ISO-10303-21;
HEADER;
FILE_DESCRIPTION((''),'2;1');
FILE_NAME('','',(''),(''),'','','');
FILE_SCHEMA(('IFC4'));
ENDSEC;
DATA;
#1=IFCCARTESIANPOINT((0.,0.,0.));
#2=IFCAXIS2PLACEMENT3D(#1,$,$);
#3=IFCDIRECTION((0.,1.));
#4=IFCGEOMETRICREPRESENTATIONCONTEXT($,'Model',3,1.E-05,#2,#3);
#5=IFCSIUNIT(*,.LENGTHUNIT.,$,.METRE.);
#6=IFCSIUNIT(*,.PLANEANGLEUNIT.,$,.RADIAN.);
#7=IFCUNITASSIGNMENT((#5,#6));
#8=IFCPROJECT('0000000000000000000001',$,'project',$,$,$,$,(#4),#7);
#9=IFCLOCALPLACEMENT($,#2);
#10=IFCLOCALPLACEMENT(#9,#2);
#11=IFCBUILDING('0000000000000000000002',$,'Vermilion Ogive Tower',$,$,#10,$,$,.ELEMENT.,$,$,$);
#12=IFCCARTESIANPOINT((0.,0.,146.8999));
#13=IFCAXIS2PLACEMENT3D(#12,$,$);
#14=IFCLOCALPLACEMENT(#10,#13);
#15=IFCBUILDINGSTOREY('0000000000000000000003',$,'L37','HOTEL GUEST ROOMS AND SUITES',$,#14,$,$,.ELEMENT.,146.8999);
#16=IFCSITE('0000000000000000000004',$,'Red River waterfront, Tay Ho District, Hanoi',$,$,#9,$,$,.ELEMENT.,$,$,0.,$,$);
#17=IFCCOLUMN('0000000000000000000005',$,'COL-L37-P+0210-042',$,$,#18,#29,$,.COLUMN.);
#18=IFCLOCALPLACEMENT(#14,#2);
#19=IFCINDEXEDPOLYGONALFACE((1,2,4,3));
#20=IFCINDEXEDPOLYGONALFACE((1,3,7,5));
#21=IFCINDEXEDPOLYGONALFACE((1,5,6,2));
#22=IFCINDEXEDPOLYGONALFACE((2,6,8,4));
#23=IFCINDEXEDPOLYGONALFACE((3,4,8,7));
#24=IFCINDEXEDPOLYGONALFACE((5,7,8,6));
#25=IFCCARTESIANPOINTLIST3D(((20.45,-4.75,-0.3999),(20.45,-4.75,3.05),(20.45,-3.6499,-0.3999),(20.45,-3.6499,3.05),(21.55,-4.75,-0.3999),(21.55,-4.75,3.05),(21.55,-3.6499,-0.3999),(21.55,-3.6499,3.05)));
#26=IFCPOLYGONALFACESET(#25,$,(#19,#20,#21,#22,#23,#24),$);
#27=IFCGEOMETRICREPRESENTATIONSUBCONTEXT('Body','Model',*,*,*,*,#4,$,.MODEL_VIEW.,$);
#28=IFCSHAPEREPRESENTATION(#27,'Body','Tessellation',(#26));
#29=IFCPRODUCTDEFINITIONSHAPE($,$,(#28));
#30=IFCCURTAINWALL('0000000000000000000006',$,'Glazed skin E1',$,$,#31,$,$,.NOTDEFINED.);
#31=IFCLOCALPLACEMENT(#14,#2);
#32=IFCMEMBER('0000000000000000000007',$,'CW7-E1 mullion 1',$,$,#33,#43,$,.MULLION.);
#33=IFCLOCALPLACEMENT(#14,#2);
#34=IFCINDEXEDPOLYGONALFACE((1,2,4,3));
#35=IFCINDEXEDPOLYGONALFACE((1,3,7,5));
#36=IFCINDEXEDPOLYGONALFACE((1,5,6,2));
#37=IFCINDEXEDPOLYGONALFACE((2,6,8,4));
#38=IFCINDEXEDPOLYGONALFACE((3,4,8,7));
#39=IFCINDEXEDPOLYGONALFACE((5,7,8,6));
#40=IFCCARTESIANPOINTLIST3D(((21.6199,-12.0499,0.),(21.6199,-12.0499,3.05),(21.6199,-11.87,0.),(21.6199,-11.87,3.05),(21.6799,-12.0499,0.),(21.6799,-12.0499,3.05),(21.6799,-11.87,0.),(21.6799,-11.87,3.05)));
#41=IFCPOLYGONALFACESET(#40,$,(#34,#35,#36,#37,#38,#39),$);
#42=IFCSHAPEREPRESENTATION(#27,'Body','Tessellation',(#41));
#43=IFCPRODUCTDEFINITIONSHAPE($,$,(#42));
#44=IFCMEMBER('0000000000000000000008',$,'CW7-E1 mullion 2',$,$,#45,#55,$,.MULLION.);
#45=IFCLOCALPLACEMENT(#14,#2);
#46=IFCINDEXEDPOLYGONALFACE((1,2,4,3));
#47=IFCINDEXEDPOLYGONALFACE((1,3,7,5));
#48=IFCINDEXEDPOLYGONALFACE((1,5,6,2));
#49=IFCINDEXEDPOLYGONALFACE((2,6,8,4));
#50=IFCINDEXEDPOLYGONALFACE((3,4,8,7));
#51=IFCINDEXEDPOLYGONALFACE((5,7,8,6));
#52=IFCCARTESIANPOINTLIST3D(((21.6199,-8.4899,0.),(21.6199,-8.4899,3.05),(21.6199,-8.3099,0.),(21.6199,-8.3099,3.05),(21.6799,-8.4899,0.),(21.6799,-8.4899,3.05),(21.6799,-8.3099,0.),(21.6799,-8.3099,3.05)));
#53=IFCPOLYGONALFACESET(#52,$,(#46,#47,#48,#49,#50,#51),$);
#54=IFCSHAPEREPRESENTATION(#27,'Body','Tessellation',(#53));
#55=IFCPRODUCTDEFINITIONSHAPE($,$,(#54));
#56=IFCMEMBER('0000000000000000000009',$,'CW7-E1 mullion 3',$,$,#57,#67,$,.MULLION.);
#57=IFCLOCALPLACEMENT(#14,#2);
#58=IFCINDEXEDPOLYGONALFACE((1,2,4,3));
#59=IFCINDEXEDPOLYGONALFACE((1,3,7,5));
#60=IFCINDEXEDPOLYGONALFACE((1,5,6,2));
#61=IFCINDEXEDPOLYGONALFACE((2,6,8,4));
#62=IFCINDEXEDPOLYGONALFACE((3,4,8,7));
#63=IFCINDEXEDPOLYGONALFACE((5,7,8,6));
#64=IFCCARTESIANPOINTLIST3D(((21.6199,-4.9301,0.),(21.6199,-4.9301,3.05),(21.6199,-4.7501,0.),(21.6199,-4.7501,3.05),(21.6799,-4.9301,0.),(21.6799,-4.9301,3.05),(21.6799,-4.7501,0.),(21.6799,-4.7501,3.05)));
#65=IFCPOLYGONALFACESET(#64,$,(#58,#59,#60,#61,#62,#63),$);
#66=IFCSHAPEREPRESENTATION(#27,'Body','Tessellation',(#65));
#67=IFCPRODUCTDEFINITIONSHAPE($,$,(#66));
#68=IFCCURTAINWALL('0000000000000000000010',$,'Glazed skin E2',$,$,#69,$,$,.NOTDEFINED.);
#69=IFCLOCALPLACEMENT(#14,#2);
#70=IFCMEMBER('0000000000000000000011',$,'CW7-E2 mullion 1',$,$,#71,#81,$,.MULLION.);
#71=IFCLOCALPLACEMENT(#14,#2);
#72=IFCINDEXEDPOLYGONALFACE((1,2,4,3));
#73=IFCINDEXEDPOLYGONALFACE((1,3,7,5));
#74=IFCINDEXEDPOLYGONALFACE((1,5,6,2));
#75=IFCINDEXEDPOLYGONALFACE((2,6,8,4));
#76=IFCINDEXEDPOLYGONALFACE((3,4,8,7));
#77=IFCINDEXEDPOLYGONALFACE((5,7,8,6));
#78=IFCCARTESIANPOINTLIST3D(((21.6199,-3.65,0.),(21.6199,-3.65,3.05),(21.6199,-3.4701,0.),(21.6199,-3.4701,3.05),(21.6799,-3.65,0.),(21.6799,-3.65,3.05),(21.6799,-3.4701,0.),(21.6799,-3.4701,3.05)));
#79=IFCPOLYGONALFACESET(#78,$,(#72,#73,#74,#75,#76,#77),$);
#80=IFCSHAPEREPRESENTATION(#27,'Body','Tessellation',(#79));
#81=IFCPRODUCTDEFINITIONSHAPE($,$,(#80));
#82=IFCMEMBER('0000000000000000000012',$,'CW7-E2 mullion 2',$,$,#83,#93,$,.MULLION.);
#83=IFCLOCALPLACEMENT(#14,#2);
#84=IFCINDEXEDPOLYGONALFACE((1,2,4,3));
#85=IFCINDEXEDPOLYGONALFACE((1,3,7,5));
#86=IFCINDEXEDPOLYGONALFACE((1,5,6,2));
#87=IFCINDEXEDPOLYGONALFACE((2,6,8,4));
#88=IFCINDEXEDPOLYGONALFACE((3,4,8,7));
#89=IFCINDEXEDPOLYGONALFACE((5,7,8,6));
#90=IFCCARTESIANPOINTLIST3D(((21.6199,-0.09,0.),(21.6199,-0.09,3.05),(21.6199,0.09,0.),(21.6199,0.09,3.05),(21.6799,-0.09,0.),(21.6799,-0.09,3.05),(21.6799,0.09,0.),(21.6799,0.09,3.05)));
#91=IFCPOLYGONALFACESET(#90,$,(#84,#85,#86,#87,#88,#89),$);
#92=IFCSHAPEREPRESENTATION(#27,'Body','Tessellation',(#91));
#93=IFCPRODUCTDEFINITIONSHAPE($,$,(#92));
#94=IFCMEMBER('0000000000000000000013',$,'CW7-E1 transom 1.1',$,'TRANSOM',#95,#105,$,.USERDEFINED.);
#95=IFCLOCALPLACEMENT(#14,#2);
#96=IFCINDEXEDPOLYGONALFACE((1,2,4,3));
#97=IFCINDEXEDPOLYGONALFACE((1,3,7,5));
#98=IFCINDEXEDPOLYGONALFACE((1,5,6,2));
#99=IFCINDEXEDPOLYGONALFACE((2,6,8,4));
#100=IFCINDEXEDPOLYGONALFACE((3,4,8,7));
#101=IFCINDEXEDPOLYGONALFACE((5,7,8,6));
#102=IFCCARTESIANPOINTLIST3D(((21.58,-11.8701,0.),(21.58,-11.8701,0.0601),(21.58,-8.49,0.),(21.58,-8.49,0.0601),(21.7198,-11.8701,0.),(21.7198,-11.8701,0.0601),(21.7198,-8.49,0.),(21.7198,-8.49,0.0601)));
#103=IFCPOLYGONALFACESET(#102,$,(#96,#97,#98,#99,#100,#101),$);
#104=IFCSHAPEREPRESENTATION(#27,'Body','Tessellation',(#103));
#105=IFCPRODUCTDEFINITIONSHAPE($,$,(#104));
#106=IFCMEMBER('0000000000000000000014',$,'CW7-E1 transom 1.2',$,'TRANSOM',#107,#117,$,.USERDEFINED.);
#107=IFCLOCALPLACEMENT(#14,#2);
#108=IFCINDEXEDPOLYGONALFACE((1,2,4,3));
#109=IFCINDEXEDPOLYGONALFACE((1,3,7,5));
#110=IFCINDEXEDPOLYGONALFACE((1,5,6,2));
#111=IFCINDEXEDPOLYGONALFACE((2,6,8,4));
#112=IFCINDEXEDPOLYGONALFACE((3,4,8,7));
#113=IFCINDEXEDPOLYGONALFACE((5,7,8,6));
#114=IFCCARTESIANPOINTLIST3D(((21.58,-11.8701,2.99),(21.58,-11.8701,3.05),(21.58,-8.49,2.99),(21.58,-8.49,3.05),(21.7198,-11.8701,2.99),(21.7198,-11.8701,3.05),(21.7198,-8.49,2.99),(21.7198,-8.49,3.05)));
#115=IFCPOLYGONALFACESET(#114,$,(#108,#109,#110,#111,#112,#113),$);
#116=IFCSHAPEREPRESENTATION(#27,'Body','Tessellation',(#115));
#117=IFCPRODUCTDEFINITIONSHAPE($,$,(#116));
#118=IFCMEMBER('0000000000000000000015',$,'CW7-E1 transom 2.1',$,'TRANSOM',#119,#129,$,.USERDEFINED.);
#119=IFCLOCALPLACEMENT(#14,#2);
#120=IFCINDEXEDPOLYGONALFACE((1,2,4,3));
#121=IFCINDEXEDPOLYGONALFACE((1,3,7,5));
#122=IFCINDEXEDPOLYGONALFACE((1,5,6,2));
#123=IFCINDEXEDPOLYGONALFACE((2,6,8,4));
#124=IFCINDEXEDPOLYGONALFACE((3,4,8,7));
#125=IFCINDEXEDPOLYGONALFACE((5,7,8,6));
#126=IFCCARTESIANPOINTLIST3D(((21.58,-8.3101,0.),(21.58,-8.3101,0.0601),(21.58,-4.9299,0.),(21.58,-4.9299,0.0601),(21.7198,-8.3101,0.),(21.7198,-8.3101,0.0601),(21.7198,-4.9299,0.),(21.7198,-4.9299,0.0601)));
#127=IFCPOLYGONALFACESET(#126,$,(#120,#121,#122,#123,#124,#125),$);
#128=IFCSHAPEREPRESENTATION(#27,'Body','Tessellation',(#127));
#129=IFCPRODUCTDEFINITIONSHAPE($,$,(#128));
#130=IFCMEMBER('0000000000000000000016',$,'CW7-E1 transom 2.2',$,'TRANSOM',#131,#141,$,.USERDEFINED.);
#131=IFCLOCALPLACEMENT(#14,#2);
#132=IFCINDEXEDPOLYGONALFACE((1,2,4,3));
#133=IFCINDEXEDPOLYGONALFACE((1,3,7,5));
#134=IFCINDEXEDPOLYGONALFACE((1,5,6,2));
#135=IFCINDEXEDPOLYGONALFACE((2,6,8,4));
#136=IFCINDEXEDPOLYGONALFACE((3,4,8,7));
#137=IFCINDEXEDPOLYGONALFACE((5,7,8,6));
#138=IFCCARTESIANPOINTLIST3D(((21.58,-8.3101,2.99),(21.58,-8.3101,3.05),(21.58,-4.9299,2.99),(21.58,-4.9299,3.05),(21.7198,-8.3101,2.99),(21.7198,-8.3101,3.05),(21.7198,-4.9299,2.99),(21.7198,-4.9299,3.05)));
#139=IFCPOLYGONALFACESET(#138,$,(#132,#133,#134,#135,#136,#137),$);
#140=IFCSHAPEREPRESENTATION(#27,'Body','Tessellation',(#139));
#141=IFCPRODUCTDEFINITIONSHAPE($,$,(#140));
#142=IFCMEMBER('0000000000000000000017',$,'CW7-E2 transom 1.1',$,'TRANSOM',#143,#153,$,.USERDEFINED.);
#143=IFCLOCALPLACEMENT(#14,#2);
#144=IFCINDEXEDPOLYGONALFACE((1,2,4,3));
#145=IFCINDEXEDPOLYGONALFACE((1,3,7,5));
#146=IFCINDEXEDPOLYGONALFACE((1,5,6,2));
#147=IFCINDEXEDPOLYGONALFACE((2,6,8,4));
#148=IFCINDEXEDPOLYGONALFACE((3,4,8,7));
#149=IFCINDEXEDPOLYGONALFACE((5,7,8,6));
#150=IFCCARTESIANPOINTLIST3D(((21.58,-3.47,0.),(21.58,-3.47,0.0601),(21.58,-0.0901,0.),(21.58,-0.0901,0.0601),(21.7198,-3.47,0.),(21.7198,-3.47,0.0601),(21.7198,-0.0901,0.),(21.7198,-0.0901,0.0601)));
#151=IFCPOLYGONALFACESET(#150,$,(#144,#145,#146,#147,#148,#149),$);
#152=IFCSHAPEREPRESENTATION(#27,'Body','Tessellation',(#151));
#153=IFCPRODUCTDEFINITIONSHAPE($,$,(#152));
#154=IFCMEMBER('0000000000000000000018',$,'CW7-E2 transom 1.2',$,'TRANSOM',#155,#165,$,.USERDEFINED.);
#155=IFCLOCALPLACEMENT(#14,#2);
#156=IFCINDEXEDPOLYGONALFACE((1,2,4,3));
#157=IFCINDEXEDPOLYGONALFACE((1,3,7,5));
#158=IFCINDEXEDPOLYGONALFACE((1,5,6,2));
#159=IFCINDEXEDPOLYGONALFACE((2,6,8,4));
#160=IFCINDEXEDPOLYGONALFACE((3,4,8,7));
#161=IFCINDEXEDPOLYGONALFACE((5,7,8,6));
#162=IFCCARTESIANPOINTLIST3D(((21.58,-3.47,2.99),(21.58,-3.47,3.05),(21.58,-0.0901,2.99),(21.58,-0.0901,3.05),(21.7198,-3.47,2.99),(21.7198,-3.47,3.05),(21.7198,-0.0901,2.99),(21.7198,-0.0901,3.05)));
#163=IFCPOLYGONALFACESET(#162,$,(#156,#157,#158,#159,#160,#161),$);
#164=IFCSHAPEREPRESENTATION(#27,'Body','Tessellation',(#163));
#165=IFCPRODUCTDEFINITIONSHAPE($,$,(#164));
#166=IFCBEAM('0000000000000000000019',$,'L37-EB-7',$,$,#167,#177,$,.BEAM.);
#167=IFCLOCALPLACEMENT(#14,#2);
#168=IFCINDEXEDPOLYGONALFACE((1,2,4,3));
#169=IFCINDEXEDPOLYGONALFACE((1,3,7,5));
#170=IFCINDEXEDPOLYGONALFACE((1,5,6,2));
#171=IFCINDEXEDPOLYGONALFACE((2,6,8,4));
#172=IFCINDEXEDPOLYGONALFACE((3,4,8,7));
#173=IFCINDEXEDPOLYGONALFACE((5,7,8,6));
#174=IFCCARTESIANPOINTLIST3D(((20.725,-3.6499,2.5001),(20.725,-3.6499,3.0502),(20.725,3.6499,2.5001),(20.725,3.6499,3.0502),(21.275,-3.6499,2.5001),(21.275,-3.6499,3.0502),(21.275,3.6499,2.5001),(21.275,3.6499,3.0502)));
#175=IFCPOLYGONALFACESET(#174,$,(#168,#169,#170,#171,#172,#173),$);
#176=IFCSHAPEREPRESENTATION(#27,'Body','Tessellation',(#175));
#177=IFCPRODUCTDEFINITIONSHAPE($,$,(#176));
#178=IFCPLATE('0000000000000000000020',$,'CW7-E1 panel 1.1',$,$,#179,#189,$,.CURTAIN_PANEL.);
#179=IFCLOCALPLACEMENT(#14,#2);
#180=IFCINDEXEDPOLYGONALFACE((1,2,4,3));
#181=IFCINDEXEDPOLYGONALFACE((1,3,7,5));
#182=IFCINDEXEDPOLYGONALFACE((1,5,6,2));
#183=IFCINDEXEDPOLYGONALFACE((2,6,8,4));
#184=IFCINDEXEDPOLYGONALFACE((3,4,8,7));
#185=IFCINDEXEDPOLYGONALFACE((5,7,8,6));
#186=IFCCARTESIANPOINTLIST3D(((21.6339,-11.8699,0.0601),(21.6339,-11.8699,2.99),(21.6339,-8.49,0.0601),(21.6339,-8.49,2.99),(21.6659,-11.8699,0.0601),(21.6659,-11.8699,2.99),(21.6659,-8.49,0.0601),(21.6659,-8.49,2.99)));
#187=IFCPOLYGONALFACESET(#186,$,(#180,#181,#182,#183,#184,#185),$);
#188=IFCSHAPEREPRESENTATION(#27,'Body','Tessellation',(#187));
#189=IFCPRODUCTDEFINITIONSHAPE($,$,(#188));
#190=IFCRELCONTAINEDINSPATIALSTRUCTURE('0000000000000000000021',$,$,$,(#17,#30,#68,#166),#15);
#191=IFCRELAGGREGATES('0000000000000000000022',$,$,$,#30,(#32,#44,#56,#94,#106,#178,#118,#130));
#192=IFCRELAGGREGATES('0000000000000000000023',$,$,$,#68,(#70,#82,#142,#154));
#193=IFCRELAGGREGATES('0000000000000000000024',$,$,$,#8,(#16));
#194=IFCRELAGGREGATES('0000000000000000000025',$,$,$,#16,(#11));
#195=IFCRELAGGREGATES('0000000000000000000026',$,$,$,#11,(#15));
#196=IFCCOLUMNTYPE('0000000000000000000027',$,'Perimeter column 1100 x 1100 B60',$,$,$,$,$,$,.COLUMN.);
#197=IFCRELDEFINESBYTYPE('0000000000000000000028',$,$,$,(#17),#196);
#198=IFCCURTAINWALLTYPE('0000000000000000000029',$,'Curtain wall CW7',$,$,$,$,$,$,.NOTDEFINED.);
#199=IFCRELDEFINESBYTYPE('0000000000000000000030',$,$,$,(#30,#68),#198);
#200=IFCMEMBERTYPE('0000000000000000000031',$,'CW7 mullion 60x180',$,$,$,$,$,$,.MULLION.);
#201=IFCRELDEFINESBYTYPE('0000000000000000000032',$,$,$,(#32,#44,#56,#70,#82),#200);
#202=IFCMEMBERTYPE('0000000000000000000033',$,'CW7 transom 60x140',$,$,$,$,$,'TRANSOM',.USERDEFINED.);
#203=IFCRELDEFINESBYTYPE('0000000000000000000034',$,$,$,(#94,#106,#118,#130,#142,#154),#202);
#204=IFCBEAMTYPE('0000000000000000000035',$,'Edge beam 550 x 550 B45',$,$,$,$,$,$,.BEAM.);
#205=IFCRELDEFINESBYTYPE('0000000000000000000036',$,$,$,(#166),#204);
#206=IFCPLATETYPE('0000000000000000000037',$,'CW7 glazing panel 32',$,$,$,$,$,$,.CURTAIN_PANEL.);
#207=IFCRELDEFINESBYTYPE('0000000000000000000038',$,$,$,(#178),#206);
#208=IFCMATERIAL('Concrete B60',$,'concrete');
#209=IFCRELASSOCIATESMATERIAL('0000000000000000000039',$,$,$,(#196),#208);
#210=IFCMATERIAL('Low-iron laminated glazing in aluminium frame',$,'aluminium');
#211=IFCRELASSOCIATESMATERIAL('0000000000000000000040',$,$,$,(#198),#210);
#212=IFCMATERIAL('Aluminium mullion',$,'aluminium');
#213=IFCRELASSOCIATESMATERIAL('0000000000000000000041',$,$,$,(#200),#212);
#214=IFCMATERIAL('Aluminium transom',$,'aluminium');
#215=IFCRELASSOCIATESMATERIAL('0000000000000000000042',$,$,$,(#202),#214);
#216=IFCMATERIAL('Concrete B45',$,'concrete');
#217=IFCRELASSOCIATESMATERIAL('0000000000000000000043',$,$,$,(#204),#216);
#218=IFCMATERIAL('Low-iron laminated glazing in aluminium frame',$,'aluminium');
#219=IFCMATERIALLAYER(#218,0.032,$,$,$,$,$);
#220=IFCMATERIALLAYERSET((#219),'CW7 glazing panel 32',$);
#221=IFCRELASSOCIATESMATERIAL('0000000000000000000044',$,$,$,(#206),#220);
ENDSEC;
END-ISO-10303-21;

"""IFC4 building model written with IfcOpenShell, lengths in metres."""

from ifc_helpers import new_model, si_unit, direction, frame, origin, origin_2d, place, context, subcontext, project, spatial, rectangle, extrude, material, layer, layer_set, material_profile, profile_set, type_object, element, aggregate, save


model = new_model("IFC4")

# Units and contexts
model_context = context("Model", 3, precision=1e-05, world=origin(), true_north=direction((0.0, 1.0)))
body_context = subcontext(model_context, "Body", "Model", "MODEL_VIEW")
ifc_project = project(units=[si_unit("LENGTHUNIT", "METRE"), si_unit("PLANEANGLEUNIT", "RADIAN")], contexts=[model_context])

# Site, building, storey
site_placement = place(None, origin())
site = spatial("IfcSite", under=ifc_project, at=site_placement, Name="Red River waterfront, Tay Ho District, Hanoi", CompositionType="ELEMENT", RefElevation=0.0)
building_placement = place(site_placement, origin())
building = spatial("IfcBuilding", under=site, at=building_placement, Name="Vermilion Ogive Tower", CompositionType="ELEMENT")
storey_placement = place(building_placement, frame((0.0, 0.0, 146.8999)))
storey = spatial("IfcBuildingStorey", under=building, at=storey_placement, Name="L37", Description="HOTEL GUEST ROOMS AND SUITES", CompositionType="ELEMENT", Elevation=146.8999)

# Column
ifc_material_1 = material(Name="Concrete B60", Category="concrete")
ifc_material_profile_1 = material_profile(ifc_material_1, rectangle(XDim=1.1001, YDim=1.1001, at=origin_2d()), Name="1100 x 1100")
ifc_profile_set_1 = profile_set([ifc_material_profile_1], Name="Concrete B60")
column_type = type_object("IfcColumnType", Name="Perimeter column 1100 x 1100 B60", PredefinedType="COLUMN", material=ifc_profile_set_1)
column_placement = place(storey_placement, frame((21.0, -4.2, -0.3999), z_axis=(0.0, 0.0, 1.0), x_axis=(1.0, 0.0, 0.0)))
element("IfcColumn", 1, at=column_placement, inside=storey, type_object=column_type, Name="COL-L37-P+0210-042", PredefinedType="COLUMN", context=body_context, shape_type="SweptSolid", body=[
    extrude(rectangle(XDim=1.1001, YDim=1.1001, at=origin_2d()), origin(), (0.0, 0.0, 1.0), 3.45),
])

# Curtain walls, members
ifc_material_2 = material(Name="Low-iron laminated glazing in aluminium frame", Category="aluminium")
curtain_wall_type = type_object("IfcCurtainWallType", Name="Curtain wall CW7", PredefinedType="NOTDEFINED", material=ifc_material_2)
curtain_wall_1_placement = place(storey_placement, origin())
curtain_wall_1 = element("IfcCurtainWall", 2, at=curtain_wall_1_placement, inside=storey, type_object=curtain_wall_type, Name="Glazed skin E1", PredefinedType="NOTDEFINED")
ifc_material_3 = material(Name="Aluminium mullion", Category="aluminium")
ifc_material_profile_2 = material_profile(ifc_material_3, rectangle(XDim=0.0601, YDim=0.1799, at=origin_2d()), Name="AL 60x180")
ifc_profile_set_2 = profile_set([ifc_material_profile_2], Name="Aluminium mullion")
member_type_1 = type_object("IfcMemberType", Name="CW7 mullion 60x180", PredefinedType="MULLION", material=ifc_profile_set_2)
member_1_placement = place(storey_placement, frame((21.6499, -11.96, 0.0), z_axis=(0.0, 0.0, 1.0), x_axis=(-1.0, 0.0, 0.0)))
member_1 = element("IfcMember", 3, at=member_1_placement, type_object=member_type_1, Name="CW7-E1 mullion 1", PredefinedType="MULLION", context=body_context, shape_type="SweptSolid", body=[
    extrude(rectangle(XDim=0.0601, YDim=0.1799, at=origin_2d()), origin(), (0.0, 0.0, 1.0), 3.05),
])
member_2_placement = place(storey_placement, frame((21.6499, -8.3999, 0.0), z_axis=(0.0, 0.0, 1.0), x_axis=(-1.0, 0.0, 0.0)))
member_2 = element("IfcMember", 4, at=member_2_placement, type_object=member_type_1, Name="CW7-E1 mullion 2", PredefinedType="MULLION", context=body_context, shape_type="SweptSolid", body=[
    extrude(rectangle(XDim=0.0601, YDim=0.1799, at=origin_2d()), origin(), (0.0, 0.0, 1.0), 3.05),
])
member_3_placement = place(storey_placement, frame((21.6499, -4.8401, 0.0), z_axis=(0.0, 0.0, 1.0), x_axis=(-1.0, 0.0, 0.0)))
member_3 = element("IfcMember", 5, at=member_3_placement, type_object=member_type_1, Name="CW7-E1 mullion 3", PredefinedType="MULLION", context=body_context, shape_type="SweptSolid", body=[
    extrude(rectangle(XDim=0.0601, YDim=0.1799, at=origin_2d()), origin(), (0.0, 0.0, 1.0), 3.05),
])
curtain_wall_2_placement = place(storey_placement, origin())
curtain_wall_2 = element("IfcCurtainWall", 6, at=curtain_wall_2_placement, inside=storey, type_object=curtain_wall_type, Name="Glazed skin E2", PredefinedType="NOTDEFINED")
member_4_placement = place(storey_placement, frame((21.6499, -3.5601, 0.0), z_axis=(0.0, 0.0, 1.0), x_axis=(-1.0, 0.0, 0.0)))
member_4 = element("IfcMember", 7, at=member_4_placement, type_object=member_type_1, Name="CW7-E2 mullion 1", PredefinedType="MULLION", context=body_context, shape_type="SweptSolid", body=[
    extrude(rectangle(XDim=0.0601, YDim=0.1799, at=origin_2d()), origin(), (0.0, 0.0, 1.0), 3.05),
])
member_5_placement = place(storey_placement, frame((21.6499, 0.0, 0.0), z_axis=(0.0, 0.0, 1.0), x_axis=(-1.0, 0.0, 0.0)))
member_5 = element("IfcMember", 8, at=member_5_placement, type_object=member_type_1, Name="CW7-E2 mullion 2", PredefinedType="MULLION", context=body_context, shape_type="SweptSolid", body=[
    extrude(rectangle(XDim=0.0601, YDim=0.1799, at=origin_2d()), origin(), (0.0, 0.0, 1.0), 3.05),
])

# Members
ifc_material_4 = material(Name="Aluminium transom", Category="aluminium")
ifc_material_profile_3 = material_profile(ifc_material_4, rectangle(XDim=0.1399, YDim=0.0601, at=origin_2d()), Name="AL 60x140")
ifc_profile_set_3 = profile_set([ifc_material_profile_3], Name="Aluminium transom")
member_type_2 = type_object("IfcMemberType", Name="CW7 transom 60x140", ElementType="TRANSOM", PredefinedType="USERDEFINED", material=ifc_profile_set_3)
member_6_placement = place(storey_placement, frame((21.6499, -11.8701, 0.03), z_axis=(0.0, 1.0, 0.0), x_axis=(-1.0, 0.0, 0.0)))
member_6 = element("IfcMember", 9, at=member_6_placement, type_object=member_type_2, Name="CW7-E1 transom 1.1", ObjectType="TRANSOM", PredefinedType="USERDEFINED", context=body_context, shape_type="SweptSolid", body=[
    extrude(rectangle(XDim=0.1399, YDim=0.0601, at=origin_2d()), origin(), (0.0, 0.0, 1.0), 3.3801),
])
member_7_placement = place(storey_placement, frame((21.6499, -11.8701, 3.02), z_axis=(0.0, 1.0, 0.0), x_axis=(-1.0, 0.0, 0.0)))
member_7 = element("IfcMember", 10, at=member_7_placement, type_object=member_type_2, Name="CW7-E1 transom 1.2", ObjectType="TRANSOM", PredefinedType="USERDEFINED", context=body_context, shape_type="SweptSolid", body=[
    extrude(rectangle(XDim=0.1399, YDim=0.0601, at=origin_2d()), origin(), (0.0, 0.0, 1.0), 3.3801),
])
member_8_placement = place(storey_placement, frame((21.6499, -8.3101, 0.03), z_axis=(0.0, 1.0, 0.0), x_axis=(-1.0, 0.0, 0.0)))
member_8 = element("IfcMember", 11, at=member_8_placement, type_object=member_type_2, Name="CW7-E1 transom 2.1", ObjectType="TRANSOM", PredefinedType="USERDEFINED", context=body_context, shape_type="SweptSolid", body=[
    extrude(rectangle(XDim=0.1399, YDim=0.0601, at=origin_2d()), origin(), (0.0, 0.0, 1.0), 3.3801),
])
member_9_placement = place(storey_placement, frame((21.6499, -8.3101, 3.02), z_axis=(0.0, 1.0, 0.0), x_axis=(-1.0, 0.0, 0.0)))
member_9 = element("IfcMember", 12, at=member_9_placement, type_object=member_type_2, Name="CW7-E1 transom 2.2", ObjectType="TRANSOM", PredefinedType="USERDEFINED", context=body_context, shape_type="SweptSolid", body=[
    extrude(rectangle(XDim=0.1399, YDim=0.0601, at=origin_2d()), origin(), (0.0, 0.0, 1.0), 3.3801),
])
member_10_placement = place(storey_placement, frame((21.6499, -3.47, 0.03), z_axis=(0.0, 1.0, 0.0), x_axis=(-1.0, 0.0, 0.0)))
member_10 = element("IfcMember", 13, at=member_10_placement, type_object=member_type_2, Name="CW7-E2 transom 1.1", ObjectType="TRANSOM", PredefinedType="USERDEFINED", context=body_context, shape_type="SweptSolid", body=[
    extrude(rectangle(XDim=0.1399, YDim=0.0601, at=origin_2d()), origin(), (0.0, 0.0, 1.0), 3.3799),
])
member_11_placement = place(storey_placement, frame((21.6499, -3.47, 3.02), z_axis=(0.0, 1.0, 0.0), x_axis=(-1.0, 0.0, 0.0)))
member_11 = element("IfcMember", 14, at=member_11_placement, type_object=member_type_2, Name="CW7-E2 transom 1.2", ObjectType="TRANSOM", PredefinedType="USERDEFINED", context=body_context, shape_type="SweptSolid", body=[
    extrude(rectangle(XDim=0.1399, YDim=0.0601, at=origin_2d()), origin(), (0.0, 0.0, 1.0), 3.3799),
])

# Beam
ifc_material_5 = material(Name="Concrete B45", Category="concrete")
ifc_material_profile_4 = material_profile(ifc_material_5, rectangle(XDim=0.55, YDim=0.55, at=origin_2d()), Name="550 x 550")
ifc_profile_set_4 = profile_set([ifc_material_profile_4], Name="Concrete B45")
beam_type = type_object("IfcBeamType", Name="Edge beam 550 x 550 B45", PredefinedType="BEAM", material=ifc_profile_set_4)
beam_placement = place(storey_placement, frame((21.0, -3.6499, 2.7751), z_axis=(0.0, 1.0, 0.0), x_axis=(-1.0, 0.0, 0.0)))
element("IfcBeam", 15, at=beam_placement, inside=storey, type_object=beam_type, Name="L37-EB-7", PredefinedType="BEAM", context=body_context, shape_type="SweptSolid", body=[
    extrude(rectangle(XDim=0.55, YDim=0.55, at=origin_2d()), origin(), (0.0, 0.0, 1.0), 7.2998),
])

# Plate
ifc_material_6 = material(Name="Low-iron laminated glazing in aluminium frame", Category="aluminium")
ifc_layer_1 = layer(ifc_material_6, 0.032)
ifc_layer_set_1 = layer_set([ifc_layer_1], Name="CW7 glazing panel 32")
plate_type = type_object("IfcPlateType", Name="CW7 glazing panel 32", PredefinedType="CURTAIN_PANEL", material=ifc_layer_set_1)
plate_1_placement = place(storey_placement, frame((21.6499, -10.1799, 0.0601), z_axis=(0.0, 0.0, 1.0), x_axis=(0.0, 1.0, 0.0)))
plate_1 = element("IfcPlate", 16, at=plate_1_placement, type_object=plate_type, Name="CW7-E1 panel 1.1", PredefinedType="CURTAIN_PANEL", context=body_context, shape_type="SweptSolid", body=[
    extrude(rectangle(XDim=3.3799, YDim=0.032, at=origin_2d()), origin(), (0.0, 0.0, 1.0), 2.9299),
])
aggregate(curtain_wall_1, [member_1, member_2, member_3, member_6, member_7, plate_1, member_8, member_9])
aggregate(curtain_wall_2, [member_4, member_5, member_10, member_11])

save(model, "model.ifc")
